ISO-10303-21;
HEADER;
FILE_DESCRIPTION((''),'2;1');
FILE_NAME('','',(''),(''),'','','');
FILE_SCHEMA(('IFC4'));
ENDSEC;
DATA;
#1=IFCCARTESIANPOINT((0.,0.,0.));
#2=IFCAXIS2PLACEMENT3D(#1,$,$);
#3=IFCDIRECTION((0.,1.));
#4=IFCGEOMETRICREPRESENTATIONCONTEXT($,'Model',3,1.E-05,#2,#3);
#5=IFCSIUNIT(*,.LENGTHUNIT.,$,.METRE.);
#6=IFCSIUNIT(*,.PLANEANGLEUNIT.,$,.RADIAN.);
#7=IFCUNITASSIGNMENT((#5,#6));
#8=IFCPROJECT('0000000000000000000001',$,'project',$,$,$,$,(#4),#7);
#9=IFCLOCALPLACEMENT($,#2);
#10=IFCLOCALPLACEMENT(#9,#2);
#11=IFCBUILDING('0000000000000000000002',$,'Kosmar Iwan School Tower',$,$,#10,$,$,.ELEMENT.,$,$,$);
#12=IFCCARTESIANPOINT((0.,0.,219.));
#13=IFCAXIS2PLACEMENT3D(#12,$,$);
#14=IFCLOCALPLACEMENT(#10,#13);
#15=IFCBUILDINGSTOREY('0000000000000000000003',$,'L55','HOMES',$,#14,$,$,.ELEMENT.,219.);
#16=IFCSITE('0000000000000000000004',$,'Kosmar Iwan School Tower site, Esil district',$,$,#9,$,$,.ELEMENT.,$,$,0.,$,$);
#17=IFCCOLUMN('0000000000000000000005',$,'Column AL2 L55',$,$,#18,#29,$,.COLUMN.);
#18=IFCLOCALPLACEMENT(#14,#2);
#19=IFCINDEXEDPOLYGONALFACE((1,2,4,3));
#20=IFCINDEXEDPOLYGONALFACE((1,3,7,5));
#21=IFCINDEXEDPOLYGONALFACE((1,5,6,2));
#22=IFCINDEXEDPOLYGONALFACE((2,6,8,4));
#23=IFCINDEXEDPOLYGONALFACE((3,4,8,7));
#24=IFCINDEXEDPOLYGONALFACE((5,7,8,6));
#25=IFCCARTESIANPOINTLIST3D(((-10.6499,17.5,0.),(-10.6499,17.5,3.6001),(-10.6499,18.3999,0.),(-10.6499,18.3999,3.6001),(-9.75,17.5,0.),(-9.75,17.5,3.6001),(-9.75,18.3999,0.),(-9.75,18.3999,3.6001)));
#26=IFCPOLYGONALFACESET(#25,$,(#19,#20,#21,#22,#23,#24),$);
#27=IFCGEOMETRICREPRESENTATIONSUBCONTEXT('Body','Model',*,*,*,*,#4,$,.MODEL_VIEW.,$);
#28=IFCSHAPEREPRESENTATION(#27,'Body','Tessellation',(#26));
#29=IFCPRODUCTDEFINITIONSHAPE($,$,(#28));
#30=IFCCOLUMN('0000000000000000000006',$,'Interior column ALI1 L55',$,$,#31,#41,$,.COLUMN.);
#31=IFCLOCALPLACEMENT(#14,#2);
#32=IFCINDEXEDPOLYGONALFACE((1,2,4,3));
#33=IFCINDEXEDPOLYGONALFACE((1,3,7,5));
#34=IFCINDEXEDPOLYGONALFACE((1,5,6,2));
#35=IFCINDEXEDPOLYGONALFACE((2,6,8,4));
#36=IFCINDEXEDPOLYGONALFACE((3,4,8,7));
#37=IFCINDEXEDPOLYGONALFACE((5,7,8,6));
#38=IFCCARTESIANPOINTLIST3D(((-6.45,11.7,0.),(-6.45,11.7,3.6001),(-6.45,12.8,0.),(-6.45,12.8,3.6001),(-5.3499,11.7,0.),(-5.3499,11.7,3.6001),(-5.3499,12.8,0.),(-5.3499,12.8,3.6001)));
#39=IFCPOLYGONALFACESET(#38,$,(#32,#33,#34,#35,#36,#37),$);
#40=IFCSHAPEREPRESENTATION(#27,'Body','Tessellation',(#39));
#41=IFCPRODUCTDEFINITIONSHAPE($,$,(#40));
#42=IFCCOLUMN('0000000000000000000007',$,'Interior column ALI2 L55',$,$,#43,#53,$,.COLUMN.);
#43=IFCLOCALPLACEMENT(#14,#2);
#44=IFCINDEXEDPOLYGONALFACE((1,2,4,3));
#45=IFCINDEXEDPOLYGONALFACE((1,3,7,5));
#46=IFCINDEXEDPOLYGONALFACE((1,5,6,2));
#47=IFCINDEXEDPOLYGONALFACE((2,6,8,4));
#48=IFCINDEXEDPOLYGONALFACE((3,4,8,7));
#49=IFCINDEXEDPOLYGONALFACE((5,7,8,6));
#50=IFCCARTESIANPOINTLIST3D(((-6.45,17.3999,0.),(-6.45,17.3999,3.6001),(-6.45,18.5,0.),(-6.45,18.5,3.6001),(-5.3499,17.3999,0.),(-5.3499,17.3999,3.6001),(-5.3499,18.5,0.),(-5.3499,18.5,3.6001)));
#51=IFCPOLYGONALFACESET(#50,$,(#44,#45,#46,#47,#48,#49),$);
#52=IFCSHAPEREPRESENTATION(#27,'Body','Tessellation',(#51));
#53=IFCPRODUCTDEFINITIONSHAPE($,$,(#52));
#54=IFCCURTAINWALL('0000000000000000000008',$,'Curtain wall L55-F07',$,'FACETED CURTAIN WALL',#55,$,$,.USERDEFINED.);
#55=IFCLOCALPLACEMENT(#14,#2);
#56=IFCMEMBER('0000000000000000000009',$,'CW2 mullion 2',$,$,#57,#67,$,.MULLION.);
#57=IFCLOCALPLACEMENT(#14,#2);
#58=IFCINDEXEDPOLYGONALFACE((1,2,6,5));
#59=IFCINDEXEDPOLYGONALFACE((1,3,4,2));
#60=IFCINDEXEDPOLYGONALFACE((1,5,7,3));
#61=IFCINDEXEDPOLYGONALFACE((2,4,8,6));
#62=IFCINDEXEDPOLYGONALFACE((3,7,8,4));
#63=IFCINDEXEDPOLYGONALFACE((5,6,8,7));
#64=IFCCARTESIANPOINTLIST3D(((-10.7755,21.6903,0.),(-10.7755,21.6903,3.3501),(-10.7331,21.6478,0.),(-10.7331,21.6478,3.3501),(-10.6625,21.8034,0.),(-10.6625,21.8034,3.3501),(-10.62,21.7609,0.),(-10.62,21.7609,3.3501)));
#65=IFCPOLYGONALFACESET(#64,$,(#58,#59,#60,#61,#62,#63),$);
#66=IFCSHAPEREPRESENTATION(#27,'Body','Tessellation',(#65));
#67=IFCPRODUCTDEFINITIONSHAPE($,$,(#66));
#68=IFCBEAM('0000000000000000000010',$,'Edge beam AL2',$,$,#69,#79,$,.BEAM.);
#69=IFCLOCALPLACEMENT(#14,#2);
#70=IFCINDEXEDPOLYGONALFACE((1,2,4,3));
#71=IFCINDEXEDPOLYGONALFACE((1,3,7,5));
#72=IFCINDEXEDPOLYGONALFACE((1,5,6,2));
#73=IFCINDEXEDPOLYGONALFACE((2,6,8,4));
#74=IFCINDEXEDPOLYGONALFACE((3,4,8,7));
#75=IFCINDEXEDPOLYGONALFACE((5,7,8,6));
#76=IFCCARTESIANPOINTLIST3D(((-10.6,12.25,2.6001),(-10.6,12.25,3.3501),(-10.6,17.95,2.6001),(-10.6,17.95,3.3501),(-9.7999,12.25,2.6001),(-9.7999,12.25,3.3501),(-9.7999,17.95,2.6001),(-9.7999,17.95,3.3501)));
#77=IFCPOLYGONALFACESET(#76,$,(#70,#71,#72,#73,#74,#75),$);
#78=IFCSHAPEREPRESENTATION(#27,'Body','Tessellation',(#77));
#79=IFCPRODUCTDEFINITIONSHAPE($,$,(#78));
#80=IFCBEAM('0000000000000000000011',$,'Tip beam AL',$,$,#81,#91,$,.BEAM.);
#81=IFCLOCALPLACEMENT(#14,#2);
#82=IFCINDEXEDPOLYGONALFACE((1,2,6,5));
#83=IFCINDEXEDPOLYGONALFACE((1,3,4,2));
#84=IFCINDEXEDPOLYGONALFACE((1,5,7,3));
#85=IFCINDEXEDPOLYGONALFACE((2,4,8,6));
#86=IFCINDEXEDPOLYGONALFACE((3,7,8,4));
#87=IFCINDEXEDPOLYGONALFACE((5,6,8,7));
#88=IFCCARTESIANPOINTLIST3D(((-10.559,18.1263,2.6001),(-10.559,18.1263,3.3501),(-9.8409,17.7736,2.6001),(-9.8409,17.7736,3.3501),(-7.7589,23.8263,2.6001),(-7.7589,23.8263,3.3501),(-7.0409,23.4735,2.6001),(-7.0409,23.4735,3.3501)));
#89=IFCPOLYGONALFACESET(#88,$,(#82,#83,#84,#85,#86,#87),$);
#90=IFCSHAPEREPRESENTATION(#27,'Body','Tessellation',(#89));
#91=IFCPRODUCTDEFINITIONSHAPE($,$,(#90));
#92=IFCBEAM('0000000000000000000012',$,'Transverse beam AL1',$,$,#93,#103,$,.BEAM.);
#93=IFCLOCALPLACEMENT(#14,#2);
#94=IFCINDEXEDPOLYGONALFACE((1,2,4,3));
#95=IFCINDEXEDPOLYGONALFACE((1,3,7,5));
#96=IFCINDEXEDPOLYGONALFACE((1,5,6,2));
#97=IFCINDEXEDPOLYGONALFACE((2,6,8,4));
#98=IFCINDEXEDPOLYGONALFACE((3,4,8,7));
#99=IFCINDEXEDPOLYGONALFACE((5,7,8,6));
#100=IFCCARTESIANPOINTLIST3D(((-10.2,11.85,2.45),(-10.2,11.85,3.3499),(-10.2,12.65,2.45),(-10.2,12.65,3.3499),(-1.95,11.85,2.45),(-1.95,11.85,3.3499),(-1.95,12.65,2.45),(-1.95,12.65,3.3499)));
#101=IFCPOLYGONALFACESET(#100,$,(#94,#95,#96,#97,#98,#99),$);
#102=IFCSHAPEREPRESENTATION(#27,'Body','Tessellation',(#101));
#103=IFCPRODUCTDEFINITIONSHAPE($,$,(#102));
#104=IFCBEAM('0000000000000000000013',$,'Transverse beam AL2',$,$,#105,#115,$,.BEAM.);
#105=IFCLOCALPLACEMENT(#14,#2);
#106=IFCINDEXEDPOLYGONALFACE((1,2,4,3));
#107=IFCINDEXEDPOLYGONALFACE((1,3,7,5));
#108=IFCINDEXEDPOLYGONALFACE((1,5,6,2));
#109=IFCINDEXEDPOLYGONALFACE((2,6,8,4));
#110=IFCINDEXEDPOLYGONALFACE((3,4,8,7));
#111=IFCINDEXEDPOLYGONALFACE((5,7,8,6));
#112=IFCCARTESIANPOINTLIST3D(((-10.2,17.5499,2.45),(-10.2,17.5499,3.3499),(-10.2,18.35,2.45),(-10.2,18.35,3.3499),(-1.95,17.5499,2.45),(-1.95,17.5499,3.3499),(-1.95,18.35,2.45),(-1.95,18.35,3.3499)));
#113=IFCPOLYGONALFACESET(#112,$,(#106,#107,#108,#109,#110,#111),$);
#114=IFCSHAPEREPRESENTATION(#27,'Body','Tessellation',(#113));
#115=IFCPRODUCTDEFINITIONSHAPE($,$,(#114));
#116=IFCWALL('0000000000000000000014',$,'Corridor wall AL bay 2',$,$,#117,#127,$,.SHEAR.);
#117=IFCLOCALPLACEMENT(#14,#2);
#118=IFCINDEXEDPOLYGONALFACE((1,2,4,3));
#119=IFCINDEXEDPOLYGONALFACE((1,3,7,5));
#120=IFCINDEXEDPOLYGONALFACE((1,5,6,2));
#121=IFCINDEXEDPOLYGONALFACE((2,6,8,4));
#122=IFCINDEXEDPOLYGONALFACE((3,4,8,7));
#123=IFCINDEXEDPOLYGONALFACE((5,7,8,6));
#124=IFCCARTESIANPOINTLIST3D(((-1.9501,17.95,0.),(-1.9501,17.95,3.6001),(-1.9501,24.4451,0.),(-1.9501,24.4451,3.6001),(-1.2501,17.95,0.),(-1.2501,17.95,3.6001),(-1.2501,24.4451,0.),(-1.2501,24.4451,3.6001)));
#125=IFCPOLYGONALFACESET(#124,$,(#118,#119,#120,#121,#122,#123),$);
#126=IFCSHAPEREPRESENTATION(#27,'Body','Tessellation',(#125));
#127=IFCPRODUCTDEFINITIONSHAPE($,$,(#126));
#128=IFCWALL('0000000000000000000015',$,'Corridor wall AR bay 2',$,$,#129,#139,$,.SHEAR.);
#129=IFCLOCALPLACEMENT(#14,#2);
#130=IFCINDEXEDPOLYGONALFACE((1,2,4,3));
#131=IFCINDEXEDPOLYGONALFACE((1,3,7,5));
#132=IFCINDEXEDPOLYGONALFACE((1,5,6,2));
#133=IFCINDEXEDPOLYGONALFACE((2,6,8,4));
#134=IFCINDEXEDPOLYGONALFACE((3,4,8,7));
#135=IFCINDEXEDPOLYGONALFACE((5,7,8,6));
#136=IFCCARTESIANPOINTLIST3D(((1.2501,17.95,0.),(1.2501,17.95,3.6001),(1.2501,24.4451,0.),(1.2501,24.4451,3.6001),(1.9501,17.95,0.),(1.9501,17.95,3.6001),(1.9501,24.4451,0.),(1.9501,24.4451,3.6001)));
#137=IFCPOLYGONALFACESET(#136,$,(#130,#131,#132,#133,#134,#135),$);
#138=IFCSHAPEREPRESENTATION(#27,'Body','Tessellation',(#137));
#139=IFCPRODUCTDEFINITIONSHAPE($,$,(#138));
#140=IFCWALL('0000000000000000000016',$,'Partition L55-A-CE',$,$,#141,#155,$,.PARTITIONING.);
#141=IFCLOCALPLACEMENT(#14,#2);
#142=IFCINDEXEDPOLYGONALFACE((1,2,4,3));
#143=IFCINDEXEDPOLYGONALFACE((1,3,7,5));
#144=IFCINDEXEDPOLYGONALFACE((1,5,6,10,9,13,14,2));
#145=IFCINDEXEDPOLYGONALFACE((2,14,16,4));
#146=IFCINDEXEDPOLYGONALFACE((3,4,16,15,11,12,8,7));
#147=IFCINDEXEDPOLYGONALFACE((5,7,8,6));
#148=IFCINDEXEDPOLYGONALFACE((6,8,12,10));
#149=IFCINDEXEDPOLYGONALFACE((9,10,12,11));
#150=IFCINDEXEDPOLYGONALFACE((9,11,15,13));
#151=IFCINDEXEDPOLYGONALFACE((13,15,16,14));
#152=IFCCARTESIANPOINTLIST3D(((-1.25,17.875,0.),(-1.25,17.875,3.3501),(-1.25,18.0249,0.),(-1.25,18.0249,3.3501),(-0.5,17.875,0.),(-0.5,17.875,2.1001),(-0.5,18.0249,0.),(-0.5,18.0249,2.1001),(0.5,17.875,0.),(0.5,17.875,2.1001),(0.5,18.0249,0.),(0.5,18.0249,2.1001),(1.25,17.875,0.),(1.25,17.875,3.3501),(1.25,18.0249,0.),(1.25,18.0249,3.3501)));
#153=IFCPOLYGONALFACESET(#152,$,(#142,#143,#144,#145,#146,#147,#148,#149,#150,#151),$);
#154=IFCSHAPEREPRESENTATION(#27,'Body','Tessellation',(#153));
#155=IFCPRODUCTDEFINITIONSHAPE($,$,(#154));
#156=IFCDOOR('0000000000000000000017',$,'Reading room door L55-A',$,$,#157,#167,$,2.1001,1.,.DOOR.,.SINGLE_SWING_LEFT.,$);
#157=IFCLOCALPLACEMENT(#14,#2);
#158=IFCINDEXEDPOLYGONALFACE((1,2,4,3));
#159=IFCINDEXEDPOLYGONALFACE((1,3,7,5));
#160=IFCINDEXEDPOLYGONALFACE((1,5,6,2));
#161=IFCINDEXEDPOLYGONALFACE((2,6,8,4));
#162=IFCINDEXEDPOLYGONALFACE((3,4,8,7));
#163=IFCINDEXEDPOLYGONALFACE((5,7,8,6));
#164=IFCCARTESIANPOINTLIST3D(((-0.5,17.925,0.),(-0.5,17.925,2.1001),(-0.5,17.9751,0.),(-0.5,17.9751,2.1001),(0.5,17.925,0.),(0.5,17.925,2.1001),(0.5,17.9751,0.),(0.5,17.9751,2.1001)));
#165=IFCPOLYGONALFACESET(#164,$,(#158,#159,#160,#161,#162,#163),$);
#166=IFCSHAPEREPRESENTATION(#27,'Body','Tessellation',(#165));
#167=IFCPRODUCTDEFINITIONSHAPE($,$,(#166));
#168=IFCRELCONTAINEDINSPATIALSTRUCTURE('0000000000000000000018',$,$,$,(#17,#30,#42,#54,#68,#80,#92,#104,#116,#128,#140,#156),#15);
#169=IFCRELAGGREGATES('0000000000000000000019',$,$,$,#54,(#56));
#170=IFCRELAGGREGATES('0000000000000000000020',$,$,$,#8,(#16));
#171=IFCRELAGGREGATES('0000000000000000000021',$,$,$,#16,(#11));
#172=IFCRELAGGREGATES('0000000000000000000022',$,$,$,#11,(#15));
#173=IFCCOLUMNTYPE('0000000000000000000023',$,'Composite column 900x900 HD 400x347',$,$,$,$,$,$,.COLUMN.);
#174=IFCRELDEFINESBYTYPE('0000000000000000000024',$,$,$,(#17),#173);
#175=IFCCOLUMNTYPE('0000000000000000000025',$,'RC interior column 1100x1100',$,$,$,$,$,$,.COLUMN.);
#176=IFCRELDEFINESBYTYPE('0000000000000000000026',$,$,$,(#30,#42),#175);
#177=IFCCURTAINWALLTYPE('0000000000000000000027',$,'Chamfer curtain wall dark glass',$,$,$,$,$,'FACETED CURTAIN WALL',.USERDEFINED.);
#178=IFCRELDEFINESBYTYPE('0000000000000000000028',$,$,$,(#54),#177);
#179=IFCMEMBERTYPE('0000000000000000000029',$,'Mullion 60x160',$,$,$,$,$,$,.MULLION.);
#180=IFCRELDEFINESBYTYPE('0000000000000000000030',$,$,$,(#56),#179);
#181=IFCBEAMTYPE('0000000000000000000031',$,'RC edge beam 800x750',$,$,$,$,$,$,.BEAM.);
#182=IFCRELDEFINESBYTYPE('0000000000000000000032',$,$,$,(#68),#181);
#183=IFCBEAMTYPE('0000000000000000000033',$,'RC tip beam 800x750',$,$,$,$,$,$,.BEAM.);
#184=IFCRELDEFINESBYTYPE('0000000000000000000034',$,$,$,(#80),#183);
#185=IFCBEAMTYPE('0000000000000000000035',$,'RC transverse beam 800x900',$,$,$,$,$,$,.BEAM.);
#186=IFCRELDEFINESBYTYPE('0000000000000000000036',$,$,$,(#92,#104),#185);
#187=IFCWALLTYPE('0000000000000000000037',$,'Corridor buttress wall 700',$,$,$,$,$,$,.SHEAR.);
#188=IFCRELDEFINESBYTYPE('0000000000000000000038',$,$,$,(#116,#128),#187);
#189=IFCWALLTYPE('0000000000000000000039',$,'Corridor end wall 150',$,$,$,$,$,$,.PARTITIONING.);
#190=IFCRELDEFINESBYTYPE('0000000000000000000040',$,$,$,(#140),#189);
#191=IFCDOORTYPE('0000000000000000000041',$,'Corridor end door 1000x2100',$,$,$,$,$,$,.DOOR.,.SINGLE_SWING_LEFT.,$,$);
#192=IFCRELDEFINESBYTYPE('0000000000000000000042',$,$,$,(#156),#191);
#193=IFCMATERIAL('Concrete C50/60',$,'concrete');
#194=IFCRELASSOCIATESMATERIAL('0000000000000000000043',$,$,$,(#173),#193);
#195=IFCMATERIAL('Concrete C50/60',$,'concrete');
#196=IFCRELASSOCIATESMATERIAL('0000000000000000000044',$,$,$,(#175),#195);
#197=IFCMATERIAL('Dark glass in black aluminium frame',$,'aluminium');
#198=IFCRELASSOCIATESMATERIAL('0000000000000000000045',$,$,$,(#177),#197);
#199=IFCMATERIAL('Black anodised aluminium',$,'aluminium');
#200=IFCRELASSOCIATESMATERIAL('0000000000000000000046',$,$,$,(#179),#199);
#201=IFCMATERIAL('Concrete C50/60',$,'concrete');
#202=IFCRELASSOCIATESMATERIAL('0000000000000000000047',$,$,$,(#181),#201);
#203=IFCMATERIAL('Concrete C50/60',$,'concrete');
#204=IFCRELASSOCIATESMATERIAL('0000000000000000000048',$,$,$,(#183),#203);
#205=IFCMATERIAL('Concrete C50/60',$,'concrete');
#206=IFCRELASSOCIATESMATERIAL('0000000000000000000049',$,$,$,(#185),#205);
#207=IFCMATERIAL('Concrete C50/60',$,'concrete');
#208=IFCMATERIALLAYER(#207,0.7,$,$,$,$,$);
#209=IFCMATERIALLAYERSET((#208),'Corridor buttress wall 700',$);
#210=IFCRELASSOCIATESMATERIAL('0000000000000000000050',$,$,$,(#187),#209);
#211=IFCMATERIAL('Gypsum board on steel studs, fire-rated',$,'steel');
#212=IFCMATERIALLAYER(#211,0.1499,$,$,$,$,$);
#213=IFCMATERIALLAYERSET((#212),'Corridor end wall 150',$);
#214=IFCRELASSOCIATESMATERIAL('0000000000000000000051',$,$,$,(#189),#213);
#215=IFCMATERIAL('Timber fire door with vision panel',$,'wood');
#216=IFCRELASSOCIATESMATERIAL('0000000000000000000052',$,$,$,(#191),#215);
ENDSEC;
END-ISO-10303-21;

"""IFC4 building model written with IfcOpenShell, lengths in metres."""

from ifc_helpers import new_model, si_unit, direction, frame, frame_2d, origin, origin_2d, place, context, subcontext, project, spatial, rectangle, extrude, material, layer, layer_set, material_profile, profile_set, type_object, element, fill, aggregate, save


model = new_model("IFC4")

# Units and contexts
model_context = context("Model", 3, precision=1e-05, world=origin(), true_north=direction((0.0, 1.0)))
body_context = subcontext(model_context, "Body", "Model", "MODEL_VIEW")
ifc_project = project(units=[si_unit("LENGTHUNIT", "METRE"), si_unit("PLANEANGLEUNIT", "RADIAN")], contexts=[model_context])

# Site, building, storey
site_placement = place(None, origin())
site = spatial("IfcSite", under=ifc_project, at=site_placement, Name="Kosmar Iwan School Tower site, Esil district", CompositionType="ELEMENT", RefElevation=0.0)
building_placement = place(site_placement, origin())
building = spatial("IfcBuilding", under=site, at=building_placement, Name="Kosmar Iwan School Tower", CompositionType="ELEMENT")
storey_placement = place(building_placement, frame((0.0, 0.0, 219.0)))
storey = spatial("IfcBuildingStorey", under=building, at=storey_placement, Name="L55", Description="HOMES", CompositionType="ELEMENT", Elevation=219.0)

# Columns
ifc_material_1 = material(Name="Concrete C50/60", Category="concrete")
ifc_material_profile_1 = material_profile(ifc_material_1, rectangle(XDim=0.8999, YDim=0.8999, at=origin_2d()), Name="RC 900x900 + HD 400x347")
ifc_profile_set_1 = profile_set([ifc_material_profile_1], Name="Concrete C50/60")
column_type_1 = type_object("IfcColumnType", Name="Composite column 900x900 HD 400x347", PredefinedType="COLUMN", material=ifc_profile_set_1)
column_placement = place(storey_placement, frame((-10.2, 17.95, 0.0), z_axis=(0.0, 0.0, 1.0), x_axis=(0.0, 1.0, 0.0)))
element("IfcColumn", 1, at=column_placement, inside=storey, type_object=column_type_1, Name="Column AL2 L55", PredefinedType="COLUMN", context=body_context, shape_type="SweptSolid", body=[
    extrude(rectangle(XDim=0.8999, YDim=0.8999, at=origin_2d()), origin(), (0.0, 0.0, 1.0), 3.6001),
])
ifc_material_2 = material(Name="Concrete C50/60", Category="concrete")
ifc_material_profile_2 = material_profile(ifc_material_2, rectangle(XDim=1.1001, YDim=1.1001, at=origin_2d()), Name="RC 1100x1100")
ifc_profile_set_2 = profile_set([ifc_material_profile_2], Name="Concrete C50/60")
column_type_2 = type_object("IfcColumnType", Name="RC interior column 1100x1100", PredefinedType="COLUMN", material=ifc_profile_set_2)
for number, where, z_axis, x_axis, name in (
    (2, (-5.8999, 12.25, 0.0), (0.0, 0.0, 1.0), (0.0, 1.0, 0.0), "Interior column ALI1 L55"),
    (3, (-5.8999, 17.95, 0.0), (0.0, 0.0, 1.0), (0.0, 1.0, 0.0), "Interior column ALI2 L55"),
):
    element("IfcColumn", number, at=place(storey_placement, frame(where, z_axis=z_axis, x_axis=x_axis)), inside=storey, type_object=column_type_2, Name=name, PredefinedType="COLUMN", context=body_context, shape_type="SweptSolid", body=[
        extrude(rectangle(XDim=1.1001, YDim=1.1001, at=origin_2d()), origin(), (0.0, 0.0, 1.0), 3.6001),
    ])

# Curtain wall, member
ifc_material_3 = material(Name="Dark glass in black aluminium frame", Category="aluminium")
curtain_wall_type = type_object("IfcCurtainWallType", Name="Chamfer curtain wall dark glass", ElementType="FACETED CURTAIN WALL", PredefinedType="USERDEFINED", material=ifc_material_3)
curtain_wall_placement = place(storey_placement, origin())
curtain_wall = element("IfcCurtainWall", 4, at=curtain_wall_placement, inside=storey, type_object=curtain_wall_type, Name="Curtain wall L55-F07", ObjectType="FACETED CURTAIN WALL", PredefinedType="USERDEFINED")
ifc_material_4 = material(Name="Black anodised aluminium", Category="aluminium")
ifc_material_profile_3 = material_profile(ifc_material_4, rectangle(XDim=0.0601, YDim=0.1599, at=origin_2d()), Name="MULLION 60x160")
ifc_profile_set_3 = profile_set([ifc_material_profile_3], Name="Black anodised aluminium")
member_type = type_object("IfcMemberType", Name="Mullion 60x160", PredefinedType="MULLION", material=ifc_profile_set_3)
member_placement = place(storey_placement, frame((-10.6978, 21.7256, 0.0), z_axis=(0.0, 0.0, 1.0), x_axis=(0.707107, -0.707107, 0.0)))
member = element("IfcMember", 5, at=member_placement, type_object=member_type, Name="CW2 mullion 2", PredefinedType="MULLION", context=body_context, shape_type="SweptSolid", body=[
    extrude(rectangle(XDim=0.0601, YDim=0.1599, at=origin_2d()), origin(), (0.0, 0.0, 1.0), 3.3501),
])
aggregate(curtain_wall, [member])

# Beams
ifc_material_5 = material(Name="Concrete C50/60", Category="concrete")
ifc_material_profile_4 = material_profile(ifc_material_5, rectangle(XDim=0.8, YDim=0.75, at=origin_2d()), Name="RC 800x750")
ifc_profile_set_4 = profile_set([ifc_material_profile_4], Name="Concrete C50/60")
beam_type_1 = type_object("IfcBeamType", Name="RC edge beam 800x750", PredefinedType="BEAM", material=ifc_profile_set_4)
beam_1_placement = place(storey_placement, frame((-10.2, 12.25, 2.9751), z_axis=(0.0, 1.0, 0.0), x_axis=(-1.0, 0.0, 0.0)))
element("IfcBeam", 6, at=beam_1_placement, inside=storey, type_object=beam_type_1, Name="Edge beam AL2", PredefinedType="BEAM", context=body_context, shape_type="SweptSolid", body=[
    extrude(rectangle(XDim=0.8, YDim=0.75, at=origin_2d()), origin(), (0.0, 0.0, 1.0), 5.7),
])
ifc_material_6 = material(Name="Concrete C50/60", Category="concrete")
ifc_material_profile_5 = material_profile(ifc_material_6, rectangle(XDim=0.8, YDim=0.75, at=origin_2d()), Name="RC 800x750")
ifc_profile_set_5 = profile_set([ifc_material_profile_5], Name="Concrete C50/60")
beam_type_2 = type_object("IfcBeamType", Name="RC tip beam 800x750", PredefinedType="BEAM", material=ifc_profile_set_5)
beam_2_placement = place(storey_placement, frame((-10.2, 17.95, 2.9751), z_axis=(0.440913, 0.89755, 0.0), x_axis=(-0.89755, 0.440913, 0.0)))
element("IfcBeam", 7, at=beam_2_placement, inside=storey, type_object=beam_type_2, Name="Tip beam AL", PredefinedType="BEAM", context=body_context, shape_type="SweptSolid", body=[
    extrude(rectangle(XDim=0.8, YDim=0.75, at=origin_2d()), origin(), (0.0, 0.0, 1.0), 6.3506),
])
ifc_material_7 = material(Name="Concrete C50/60", Category="concrete")
ifc_material_profile_6 = material_profile(ifc_material_7, rectangle(XDim=0.8, YDim=0.8999, at=origin_2d()), Name="RC 800x900")
ifc_profile_set_6 = profile_set([ifc_material_profile_6], Name="Concrete C50/60")
beam_type_3 = type_object("IfcBeamType", Name="RC transverse beam 800x900", PredefinedType="BEAM", material=ifc_profile_set_6)
for number, where, z_axis, x_axis, name in (
    (8, (-10.2, 12.25, 2.8999), (1.0, 0.0, 0.0), (0.0, 1.0, 0.0), "Transverse beam AL1"),
    (9, (-10.2, 17.95, 2.8999), (1.0, 0.0, 0.0), (0.0, 1.0, 0.0), "Transverse beam AL2"),
):
    element("IfcBeam", number, at=place(storey_placement, frame(where, z_axis=z_axis, x_axis=x_axis)), inside=storey, type_object=beam_type_3, Name=name, PredefinedType="BEAM", context=body_context, shape_type="SweptSolid", body=[
        extrude(rectangle(XDim=0.8, YDim=0.8999, at=origin_2d()), origin(), (0.0, 0.0, 1.0), 8.25),
    ])

# Walls
ifc_material_8 = material(Name="Concrete C50/60", Category="concrete")
ifc_layer_1 = layer(ifc_material_8, 0.7)
ifc_layer_set_1 = layer_set([ifc_layer_1], Name="Corridor buttress wall 700")
wall_type_1 = type_object("IfcWallType", Name="Corridor buttress wall 700", PredefinedType="SHEAR", material=ifc_layer_set_1)
for number, where, z_axis, x_axis, name in (
    (10, (-1.6001, 17.95, 0.0), (0.0, 0.0, 1.0), (0.0, 1.0, 0.0), "Corridor wall AL bay 2"),
    (11, (1.6001, 17.95, 0.0), (0.0, 0.0, 1.0), (0.0, 1.0, 0.0), "Corridor wall AR bay 2"),
):
    element("IfcWall", number, at=place(storey_placement, frame(where, z_axis=z_axis, x_axis=x_axis)), inside=storey, type_object=wall_type_1, Name=name, PredefinedType="SHEAR", context=body_context, shape_type="SweptSolid", body=[
        extrude(rectangle(XDim=6.4951, YDim=0.7, at=frame_2d((3.2476, 0.0))), origin(), (0.0, 0.0, 1.0), 3.6001),
    ])

# Wall, opening, door
ifc_material_9 = material(Name="Gypsum board on steel studs, fire-rated", Category="steel")
ifc_layer_2 = layer(ifc_material_9, 0.1499)
ifc_layer_set_2 = layer_set([ifc_layer_2], Name="Corridor end wall 150")
wall_type_2 = type_object("IfcWallType", Name="Corridor end wall 150", PredefinedType="PARTITIONING", material=ifc_layer_set_2)
wall_1_placement = place(storey_placement, frame((1.25, 17.95, 0.0), z_axis=(0.0, 0.0, 1.0), x_axis=(-1.0, 0.0, 0.0)))
wall_1 = element("IfcWall", 12, at=wall_1_placement, inside=storey, type_object=wall_type_2, Name="Partition L55-A-CE", PredefinedType="PARTITIONING", context=body_context, shape_type="SweptSolid", body=[
    extrude(rectangle(XDim=2.5, YDim=0.1499, at=frame_2d((1.25, 0.0))), origin(), (0.0, 0.0, 1.0), 3.3501),
])
opening_1_placement = place(wall_1_placement, frame((0.75, 0.0, 0.0)))
opening_1 = element("IfcOpeningElement", 13, at=opening_1_placement, cuts=wall_1, PredefinedType="OPENING", context=body_context, shape_type="SweptSolid", body=[
    extrude(rectangle(XDim=1.0, YDim=2.1001, at=frame_2d((0.5, 1.05))), frame((0.0, 0.0869, 0.0), z_axis=(0.0, -1.0, 0.0), x_axis=(1.0, 0.0, 0.0)), (0.0, 0.0, 1.0), 0.1738),
])
ifc_material_10 = material(Name="Timber fire door with vision panel", Category="wood")
door_type = type_object("IfcDoorType", Name="Corridor end door 1000x2100", OperationType="SINGLE_SWING_LEFT", PredefinedType="DOOR", material=ifc_material_10)
door_1_placement = place(opening_1_placement, origin())
door_1 = element("IfcDoor", 14, at=door_1_placement, inside=storey, type_object=door_type, Name="Reading room door L55-A", OperationType="SINGLE_SWING_LEFT", OverallHeight=2.1001, OverallWidth=1.0, PredefinedType="DOOR", context=body_context, shape_type="SweptSolid", body=[
    extrude(rectangle(XDim=1.0, YDim=2.1001, at=frame_2d((0.5, 1.05))), frame((0.0, 0.0249, 0.0), z_axis=(0.0, -1.0, 0.0), x_axis=(1.0, 0.0, 0.0)), (0.0, 0.0, 1.0), 0.05),
])
fill(opening_1, door_1)

save(model, "model.ifc")
